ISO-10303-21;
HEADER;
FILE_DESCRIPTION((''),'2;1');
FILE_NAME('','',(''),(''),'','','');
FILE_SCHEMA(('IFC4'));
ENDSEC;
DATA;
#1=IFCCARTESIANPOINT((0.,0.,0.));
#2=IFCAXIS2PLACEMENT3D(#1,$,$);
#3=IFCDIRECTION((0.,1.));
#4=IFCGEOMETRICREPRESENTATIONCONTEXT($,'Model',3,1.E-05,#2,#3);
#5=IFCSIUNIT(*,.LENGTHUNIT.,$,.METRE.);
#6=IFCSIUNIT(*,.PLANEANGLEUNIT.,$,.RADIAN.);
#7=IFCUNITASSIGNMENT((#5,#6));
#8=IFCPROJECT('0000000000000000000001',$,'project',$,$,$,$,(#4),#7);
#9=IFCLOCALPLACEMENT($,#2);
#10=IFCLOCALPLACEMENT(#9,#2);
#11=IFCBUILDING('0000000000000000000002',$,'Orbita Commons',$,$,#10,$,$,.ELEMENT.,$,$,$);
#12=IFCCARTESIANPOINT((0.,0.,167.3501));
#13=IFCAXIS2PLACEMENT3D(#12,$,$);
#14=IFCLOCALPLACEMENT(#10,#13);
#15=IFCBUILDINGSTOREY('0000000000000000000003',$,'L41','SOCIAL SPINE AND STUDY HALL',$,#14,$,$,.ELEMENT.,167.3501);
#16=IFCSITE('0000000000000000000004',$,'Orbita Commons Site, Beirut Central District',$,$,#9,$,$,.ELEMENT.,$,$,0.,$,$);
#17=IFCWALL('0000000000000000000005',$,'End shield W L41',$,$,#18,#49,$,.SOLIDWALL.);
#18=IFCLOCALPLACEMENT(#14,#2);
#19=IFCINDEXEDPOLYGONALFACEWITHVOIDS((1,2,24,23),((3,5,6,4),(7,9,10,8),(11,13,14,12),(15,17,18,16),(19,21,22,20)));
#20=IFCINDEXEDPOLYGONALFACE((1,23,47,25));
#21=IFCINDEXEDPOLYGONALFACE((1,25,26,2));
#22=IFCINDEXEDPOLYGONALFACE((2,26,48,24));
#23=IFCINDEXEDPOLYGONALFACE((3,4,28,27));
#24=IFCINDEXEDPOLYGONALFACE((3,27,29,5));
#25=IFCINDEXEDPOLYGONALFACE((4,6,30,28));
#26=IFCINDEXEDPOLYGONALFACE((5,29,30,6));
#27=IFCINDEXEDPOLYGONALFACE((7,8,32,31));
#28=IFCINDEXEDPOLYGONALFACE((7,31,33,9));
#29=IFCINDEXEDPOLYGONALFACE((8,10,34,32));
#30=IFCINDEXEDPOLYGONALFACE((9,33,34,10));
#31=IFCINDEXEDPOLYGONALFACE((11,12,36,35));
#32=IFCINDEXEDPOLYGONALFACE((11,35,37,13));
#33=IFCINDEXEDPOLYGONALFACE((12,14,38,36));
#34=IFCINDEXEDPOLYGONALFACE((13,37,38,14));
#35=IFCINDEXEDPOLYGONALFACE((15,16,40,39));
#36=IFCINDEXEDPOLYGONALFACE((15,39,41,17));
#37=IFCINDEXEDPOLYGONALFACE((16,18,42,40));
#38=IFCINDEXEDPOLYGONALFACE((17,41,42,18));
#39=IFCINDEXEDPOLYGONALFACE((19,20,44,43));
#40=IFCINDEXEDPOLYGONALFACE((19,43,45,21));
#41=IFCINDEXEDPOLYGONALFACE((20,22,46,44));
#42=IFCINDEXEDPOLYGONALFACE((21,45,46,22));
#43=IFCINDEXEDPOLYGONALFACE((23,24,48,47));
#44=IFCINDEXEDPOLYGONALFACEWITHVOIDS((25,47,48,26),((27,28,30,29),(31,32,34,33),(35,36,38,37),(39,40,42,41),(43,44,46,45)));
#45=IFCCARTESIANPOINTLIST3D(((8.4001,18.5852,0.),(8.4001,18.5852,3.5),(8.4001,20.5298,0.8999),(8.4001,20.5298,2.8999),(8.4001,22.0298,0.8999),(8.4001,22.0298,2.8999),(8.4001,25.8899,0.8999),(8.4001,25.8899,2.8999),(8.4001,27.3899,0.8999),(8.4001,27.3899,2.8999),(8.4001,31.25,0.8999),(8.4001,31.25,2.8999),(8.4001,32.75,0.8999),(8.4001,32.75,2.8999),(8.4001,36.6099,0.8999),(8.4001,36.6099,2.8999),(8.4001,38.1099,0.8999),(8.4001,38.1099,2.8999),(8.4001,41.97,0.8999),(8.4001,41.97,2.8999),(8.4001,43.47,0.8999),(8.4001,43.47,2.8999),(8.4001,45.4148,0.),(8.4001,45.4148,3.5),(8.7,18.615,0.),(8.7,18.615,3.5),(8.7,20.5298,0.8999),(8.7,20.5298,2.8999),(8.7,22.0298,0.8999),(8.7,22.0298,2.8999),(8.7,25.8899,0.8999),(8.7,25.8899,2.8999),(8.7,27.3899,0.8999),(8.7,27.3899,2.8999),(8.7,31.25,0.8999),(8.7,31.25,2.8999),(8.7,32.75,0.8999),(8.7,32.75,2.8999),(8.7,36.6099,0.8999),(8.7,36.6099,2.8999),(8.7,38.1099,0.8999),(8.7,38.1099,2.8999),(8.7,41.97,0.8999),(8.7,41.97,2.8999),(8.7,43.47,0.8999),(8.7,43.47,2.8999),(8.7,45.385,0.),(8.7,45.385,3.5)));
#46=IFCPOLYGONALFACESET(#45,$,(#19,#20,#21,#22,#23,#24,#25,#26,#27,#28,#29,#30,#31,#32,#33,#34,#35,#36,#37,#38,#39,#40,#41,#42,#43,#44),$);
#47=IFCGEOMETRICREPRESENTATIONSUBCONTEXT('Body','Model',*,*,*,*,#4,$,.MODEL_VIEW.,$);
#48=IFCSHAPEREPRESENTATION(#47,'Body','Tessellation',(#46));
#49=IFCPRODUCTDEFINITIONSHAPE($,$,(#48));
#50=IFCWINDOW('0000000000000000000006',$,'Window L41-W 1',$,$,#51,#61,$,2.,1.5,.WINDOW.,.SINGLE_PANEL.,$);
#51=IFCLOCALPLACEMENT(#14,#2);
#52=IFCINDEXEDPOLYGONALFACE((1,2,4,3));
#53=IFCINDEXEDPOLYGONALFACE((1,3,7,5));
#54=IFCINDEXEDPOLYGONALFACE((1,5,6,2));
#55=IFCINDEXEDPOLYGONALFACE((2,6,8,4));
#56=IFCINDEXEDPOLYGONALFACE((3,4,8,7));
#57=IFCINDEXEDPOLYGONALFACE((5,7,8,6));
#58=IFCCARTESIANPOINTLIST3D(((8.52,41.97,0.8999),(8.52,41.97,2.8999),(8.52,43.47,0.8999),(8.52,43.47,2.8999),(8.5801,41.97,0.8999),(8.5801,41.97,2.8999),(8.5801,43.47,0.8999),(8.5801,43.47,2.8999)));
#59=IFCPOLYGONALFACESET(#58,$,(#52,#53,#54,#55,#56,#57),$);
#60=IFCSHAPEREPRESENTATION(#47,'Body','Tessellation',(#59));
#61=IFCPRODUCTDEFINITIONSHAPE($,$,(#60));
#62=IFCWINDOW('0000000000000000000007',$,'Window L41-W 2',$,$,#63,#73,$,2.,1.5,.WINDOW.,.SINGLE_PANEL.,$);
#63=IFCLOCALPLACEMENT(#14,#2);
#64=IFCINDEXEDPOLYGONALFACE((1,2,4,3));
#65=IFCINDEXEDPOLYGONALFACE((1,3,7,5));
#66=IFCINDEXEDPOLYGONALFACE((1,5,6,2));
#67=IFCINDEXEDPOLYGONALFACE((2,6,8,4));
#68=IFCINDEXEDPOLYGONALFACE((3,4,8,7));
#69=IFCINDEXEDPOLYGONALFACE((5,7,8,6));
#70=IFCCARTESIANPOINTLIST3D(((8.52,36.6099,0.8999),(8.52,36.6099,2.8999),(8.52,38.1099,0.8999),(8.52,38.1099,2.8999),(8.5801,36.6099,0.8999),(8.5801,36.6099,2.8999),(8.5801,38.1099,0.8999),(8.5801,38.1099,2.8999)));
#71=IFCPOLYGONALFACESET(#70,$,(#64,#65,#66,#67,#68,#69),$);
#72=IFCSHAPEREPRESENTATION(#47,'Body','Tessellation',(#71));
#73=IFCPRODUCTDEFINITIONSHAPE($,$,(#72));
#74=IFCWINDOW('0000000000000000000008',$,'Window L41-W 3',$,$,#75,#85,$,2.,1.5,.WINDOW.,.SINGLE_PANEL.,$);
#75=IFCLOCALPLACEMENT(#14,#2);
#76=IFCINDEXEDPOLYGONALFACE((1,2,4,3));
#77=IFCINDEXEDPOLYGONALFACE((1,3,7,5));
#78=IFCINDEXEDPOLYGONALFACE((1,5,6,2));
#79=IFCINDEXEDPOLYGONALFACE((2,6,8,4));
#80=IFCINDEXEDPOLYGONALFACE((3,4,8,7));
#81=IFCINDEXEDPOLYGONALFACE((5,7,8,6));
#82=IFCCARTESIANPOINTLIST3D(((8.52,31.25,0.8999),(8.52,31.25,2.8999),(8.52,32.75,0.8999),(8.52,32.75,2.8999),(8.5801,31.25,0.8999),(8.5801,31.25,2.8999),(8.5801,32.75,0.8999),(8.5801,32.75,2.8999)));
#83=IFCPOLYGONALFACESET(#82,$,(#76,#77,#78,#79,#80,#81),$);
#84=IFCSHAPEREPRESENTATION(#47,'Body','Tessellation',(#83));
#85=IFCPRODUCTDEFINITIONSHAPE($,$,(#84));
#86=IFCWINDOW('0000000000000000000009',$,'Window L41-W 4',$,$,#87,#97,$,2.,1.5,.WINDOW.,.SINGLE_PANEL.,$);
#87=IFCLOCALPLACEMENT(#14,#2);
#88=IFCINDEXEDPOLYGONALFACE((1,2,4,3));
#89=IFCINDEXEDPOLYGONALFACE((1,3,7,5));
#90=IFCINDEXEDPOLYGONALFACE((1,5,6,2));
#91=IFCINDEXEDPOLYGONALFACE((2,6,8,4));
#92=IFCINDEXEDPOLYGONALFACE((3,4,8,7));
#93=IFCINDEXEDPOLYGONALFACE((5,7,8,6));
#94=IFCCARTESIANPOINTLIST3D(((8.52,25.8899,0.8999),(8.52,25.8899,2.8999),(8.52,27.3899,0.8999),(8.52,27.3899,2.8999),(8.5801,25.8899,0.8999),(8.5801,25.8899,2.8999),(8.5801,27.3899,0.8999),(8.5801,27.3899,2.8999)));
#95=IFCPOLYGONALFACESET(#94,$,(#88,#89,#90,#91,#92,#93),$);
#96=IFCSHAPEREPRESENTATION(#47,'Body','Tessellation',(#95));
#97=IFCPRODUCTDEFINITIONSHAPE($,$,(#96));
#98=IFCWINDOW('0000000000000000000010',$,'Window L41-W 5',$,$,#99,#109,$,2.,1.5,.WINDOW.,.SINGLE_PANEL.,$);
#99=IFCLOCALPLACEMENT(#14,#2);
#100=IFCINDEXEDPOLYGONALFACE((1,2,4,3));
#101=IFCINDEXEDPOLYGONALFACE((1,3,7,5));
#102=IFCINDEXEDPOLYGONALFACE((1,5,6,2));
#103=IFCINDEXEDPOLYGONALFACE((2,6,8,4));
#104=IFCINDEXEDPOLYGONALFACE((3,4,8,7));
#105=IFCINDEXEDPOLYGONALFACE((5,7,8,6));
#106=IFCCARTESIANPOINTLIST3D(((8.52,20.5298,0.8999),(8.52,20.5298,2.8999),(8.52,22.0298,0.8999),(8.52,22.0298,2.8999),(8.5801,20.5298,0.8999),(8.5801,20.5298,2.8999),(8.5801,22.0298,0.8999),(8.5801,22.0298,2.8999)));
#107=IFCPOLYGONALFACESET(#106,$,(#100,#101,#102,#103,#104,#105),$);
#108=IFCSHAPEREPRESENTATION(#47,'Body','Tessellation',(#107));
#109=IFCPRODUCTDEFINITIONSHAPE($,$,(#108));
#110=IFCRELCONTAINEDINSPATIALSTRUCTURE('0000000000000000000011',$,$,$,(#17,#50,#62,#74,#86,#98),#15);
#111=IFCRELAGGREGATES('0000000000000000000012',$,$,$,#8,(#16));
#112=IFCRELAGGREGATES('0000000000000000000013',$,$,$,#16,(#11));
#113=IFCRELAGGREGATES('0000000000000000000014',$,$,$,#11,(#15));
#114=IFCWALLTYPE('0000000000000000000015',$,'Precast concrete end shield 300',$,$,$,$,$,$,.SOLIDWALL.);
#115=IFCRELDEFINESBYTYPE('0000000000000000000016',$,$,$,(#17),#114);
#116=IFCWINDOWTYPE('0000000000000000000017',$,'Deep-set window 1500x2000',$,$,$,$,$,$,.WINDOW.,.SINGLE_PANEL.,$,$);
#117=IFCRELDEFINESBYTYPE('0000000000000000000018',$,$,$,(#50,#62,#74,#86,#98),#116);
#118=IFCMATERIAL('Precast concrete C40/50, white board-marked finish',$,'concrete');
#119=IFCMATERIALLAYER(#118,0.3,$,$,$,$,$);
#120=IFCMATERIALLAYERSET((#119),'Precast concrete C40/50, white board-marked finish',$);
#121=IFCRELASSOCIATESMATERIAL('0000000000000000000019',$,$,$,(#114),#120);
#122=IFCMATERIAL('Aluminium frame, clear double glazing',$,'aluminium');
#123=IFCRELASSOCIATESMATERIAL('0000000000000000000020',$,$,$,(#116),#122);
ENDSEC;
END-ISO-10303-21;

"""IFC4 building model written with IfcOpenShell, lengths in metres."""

from ifc_helpers import new_model, si_unit, direction, frame, frame_2d, origin, place, context, subcontext, project, spatial, polyline, rectangle, outline, extrude, material, layer, layer_set, type_object, element, fill, save


model = new_model("IFC4")

# Units and contexts
model_context = context("Model", 3, precision=1e-05, world=origin(), true_north=direction((0.0, 1.0)))
body_context = subcontext(model_context, "Body", "Model", "MODEL_VIEW")
ifc_project = project(units=[si_unit("LENGTHUNIT", "METRE"), si_unit("PLANEANGLEUNIT", "RADIAN")], contexts=[model_context])

# Site, building, storey
site_placement = place(None, origin())
site = spatial("IfcSite", under=ifc_project, at=site_placement, Name="Orbita Commons Site, Beirut Central District", CompositionType="ELEMENT", RefElevation=0.0)
building_placement = place(site_placement, origin())
building = spatial("IfcBuilding", under=site, at=building_placement, Name="Orbita Commons", CompositionType="ELEMENT")
storey_placement = place(building_placement, frame((0.0, 0.0, 167.3501)))
storey = spatial("IfcBuildingStorey", under=building, at=storey_placement, Name="L41", Description="SOCIAL SPINE AND STUDY HALL", CompositionType="ELEMENT", Elevation=167.3501)

# Wall, openings, windows
ifc_material_1 = material(Name="Precast concrete C40/50, white board-marked finish", Category="concrete")
ifc_layer_1 = layer(ifc_material_1, 0.3)
ifc_layer_set_1 = layer_set([ifc_layer_1], Name="Precast concrete C40/50, white board-marked finish")
wall_type_1 = type_object("IfcWallType", Name="Precast concrete end shield 300", PredefinedType="SOLIDWALL", material=ifc_layer_set_1)
wall_1_placement = place(storey_placement, frame((8.55, 45.3999, 0.0), z_axis=(0.0, 0.0, 1.0), x_axis=(0.0, -1.0, 0.0)))
wall_1 = element("IfcWall", 1, at=wall_1_placement, inside=storey, type_object=wall_type_1, Name="End shield W L41", PredefinedType="SOLIDWALL", context=body_context, shape_type="SweptSolid", body=[
    extrude(outline(polyline([(-0.0149, -0.1499), (26.8147, -0.1499), (26.7849, 0.1499), (0.0149, 0.1499), (-0.0149, -0.1499)])), origin(), (0.0, 0.0, 1.0), 3.5),
])
opening_1_placement = place(wall_1_placement, frame((1.9299, 0.0, 0.8999)))
opening_1 = element("IfcOpeningElement", 2, at=opening_1_placement, cuts=wall_1, PredefinedType="OPENING", context=body_context, shape_type="SweptSolid", body=[
    extrude(rectangle(XDim=1.5, YDim=2.0, at=frame_2d((0.75, 1.0))), frame((0.0, 0.1599, 0.0), z_axis=(0.0, -1.0, 0.0), x_axis=(1.0, 0.0, 0.0)), (0.0, 0.0, 1.0), 0.3201),
])
opening_2_placement = place(wall_1_placement, frame((7.29, 0.0, 0.8999)))
opening_2 = element("IfcOpeningElement", 3, at=opening_2_placement, cuts=wall_1, PredefinedType="OPENING", context=body_context, shape_type="SweptSolid", body=[
    extrude(rectangle(XDim=1.5, YDim=2.0, at=frame_2d((0.75, 1.0))), frame((0.0, 0.1599, 0.0), z_axis=(0.0, -1.0, 0.0), x_axis=(1.0, 0.0, 0.0)), (0.0, 0.0, 1.0), 0.3201),
])
opening_3_placement = place(wall_1_placement, frame((12.6499, 0.0, 0.8999)))
opening_3 = element("IfcOpeningElement", 4, at=opening_3_placement, cuts=wall_1, PredefinedType="OPENING", context=body_context, shape_type="SweptSolid", body=[
    extrude(rectangle(XDim=1.5, YDim=2.0, at=frame_2d((0.75, 1.0))), frame((0.0, 0.1599, 0.0), z_axis=(0.0, -1.0, 0.0), x_axis=(1.0, 0.0, 0.0)), (0.0, 0.0, 1.0), 0.3201),
])
opening_4_placement = place(wall_1_placement, frame((18.01, 0.0, 0.8999)))
opening_4 = element("IfcOpeningElement", 5, at=opening_4_placement, cuts=wall_1, PredefinedType="OPENING", context=body_context, shape_type="SweptSolid", body=[
    extrude(rectangle(XDim=1.5, YDim=2.0, at=frame_2d((0.75, 1.0))), frame((0.0, 0.1599, 0.0), z_axis=(0.0, -1.0, 0.0), x_axis=(1.0, 0.0, 0.0)), (0.0, 0.0, 1.0), 0.3201),
])
opening_5_placement = place(wall_1_placement, frame((23.3701, 0.0, 0.8999)))
opening_5 = element("IfcOpeningElement", 6, at=opening_5_placement, cuts=wall_1, PredefinedType="OPENING", context=body_context, shape_type="SweptSolid", body=[
    extrude(rectangle(XDim=1.5, YDim=2.0, at=frame_2d((0.75, 1.0))), frame((0.0, 0.1599, 0.0), z_axis=(0.0, -1.0, 0.0), x_axis=(1.0, 0.0, 0.0)), (0.0, 0.0, 1.0), 0.3201),
])
ifc_material_2 = material(Name="Aluminium frame, clear double glazing", Category="aluminium")
window_type = type_object("IfcWindowType", Name="Deep-set window 1500x2000", PartitioningType="SINGLE_PANEL", PredefinedType="WINDOW", material=ifc_material_2)
window_1_placement = place(opening_1_placement, origin())
window_1 = element("IfcWindow", 7, at=window_1_placement, inside=storey, type_object=window_type, Name="Window L41-W 1", OverallHeight=2.0, OverallWidth=1.5, PartitioningType="SINGLE_PANEL", PredefinedType="WINDOW", context=body_context, shape_type="SweptSolid", body=[
    extrude(rectangle(XDim=1.5, YDim=2.0, at=frame_2d((0.75, 1.0))), frame((0.0, 0.03, 0.0), z_axis=(0.0, -1.0, 0.0), x_axis=(1.0, 0.0, 0.0)), (0.0, 0.0, 1.0), 0.0601),
])
fill(opening_1, window_1)
window_2_placement = place(opening_2_placement, origin())
window_2 = element("IfcWindow", 8, at=window_2_placement, inside=storey, type_object=window_type, Name="Window L41-W 2", OverallHeight=2.0, OverallWidth=1.5, PartitioningType="SINGLE_PANEL", PredefinedType="WINDOW", context=body_context, shape_type="SweptSolid", body=[
    extrude(rectangle(XDim=1.5, YDim=2.0, at=frame_2d((0.75, 1.0))), frame((0.0, 0.03, 0.0), z_axis=(0.0, -1.0, 0.0), x_axis=(1.0, 0.0, 0.0)), (0.0, 0.0, 1.0), 0.0601),
])
fill(opening_2, window_2)
window_3_placement = place(opening_3_placement, origin())
window_3 = element("IfcWindow", 9, at=window_3_placement, inside=storey, type_object=window_type, Name="Window L41-W 3", OverallHeight=2.0, OverallWidth=1.5, PartitioningType="SINGLE_PANEL", PredefinedType="WINDOW", context=body_context, shape_type="SweptSolid", body=[
    extrude(rectangle(XDim=1.5, YDim=2.0, at=frame_2d((0.75, 1.0))), frame((0.0, 0.03, 0.0), z_axis=(0.0, -1.0, 0.0), x_axis=(1.0, 0.0, 0.0)), (0.0, 0.0, 1.0), 0.0601),
])
fill(opening_3, window_3)
window_4_placement = place(opening_4_placement, origin())
window_4 = element("IfcWindow", 10, at=window_4_placement, inside=storey, type_object=window_type, Name="Window L41-W 4", OverallHeight=2.0, OverallWidth=1.5, PartitioningType="SINGLE_PANEL", PredefinedType="WINDOW", context=body_context, shape_type="SweptSolid", body=[
    extrude(rectangle(XDim=1.5, YDim=2.0, at=frame_2d((0.75, 1.0))), frame((0.0, 0.03, 0.0), z_axis=(0.0, -1.0, 0.0), x_axis=(1.0, 0.0, 0.0)), (0.0, 0.0, 1.0), 0.0601),
])
fill(opening_4, window_4)
window_5_placement = place(opening_5_placement, origin())
window_5 = element("IfcWindow", 11, at=window_5_placement, inside=storey, type_object=window_type, Name="Window L41-W 5", OverallHeight=2.0, OverallWidth=1.5, PartitioningType="SINGLE_PANEL", PredefinedType="WINDOW", context=body_context, shape_type="SweptSolid", body=[
    extrude(rectangle(XDim=1.5, YDim=2.0, at=frame_2d((0.75, 1.0))), frame((0.0, 0.03, 0.0), z_axis=(0.0, -1.0, 0.0), x_axis=(1.0, 0.0, 0.0)), (0.0, 0.0, 1.0), 0.0601),
])
fill(opening_5, window_5)

save(model, "model.ifc")
